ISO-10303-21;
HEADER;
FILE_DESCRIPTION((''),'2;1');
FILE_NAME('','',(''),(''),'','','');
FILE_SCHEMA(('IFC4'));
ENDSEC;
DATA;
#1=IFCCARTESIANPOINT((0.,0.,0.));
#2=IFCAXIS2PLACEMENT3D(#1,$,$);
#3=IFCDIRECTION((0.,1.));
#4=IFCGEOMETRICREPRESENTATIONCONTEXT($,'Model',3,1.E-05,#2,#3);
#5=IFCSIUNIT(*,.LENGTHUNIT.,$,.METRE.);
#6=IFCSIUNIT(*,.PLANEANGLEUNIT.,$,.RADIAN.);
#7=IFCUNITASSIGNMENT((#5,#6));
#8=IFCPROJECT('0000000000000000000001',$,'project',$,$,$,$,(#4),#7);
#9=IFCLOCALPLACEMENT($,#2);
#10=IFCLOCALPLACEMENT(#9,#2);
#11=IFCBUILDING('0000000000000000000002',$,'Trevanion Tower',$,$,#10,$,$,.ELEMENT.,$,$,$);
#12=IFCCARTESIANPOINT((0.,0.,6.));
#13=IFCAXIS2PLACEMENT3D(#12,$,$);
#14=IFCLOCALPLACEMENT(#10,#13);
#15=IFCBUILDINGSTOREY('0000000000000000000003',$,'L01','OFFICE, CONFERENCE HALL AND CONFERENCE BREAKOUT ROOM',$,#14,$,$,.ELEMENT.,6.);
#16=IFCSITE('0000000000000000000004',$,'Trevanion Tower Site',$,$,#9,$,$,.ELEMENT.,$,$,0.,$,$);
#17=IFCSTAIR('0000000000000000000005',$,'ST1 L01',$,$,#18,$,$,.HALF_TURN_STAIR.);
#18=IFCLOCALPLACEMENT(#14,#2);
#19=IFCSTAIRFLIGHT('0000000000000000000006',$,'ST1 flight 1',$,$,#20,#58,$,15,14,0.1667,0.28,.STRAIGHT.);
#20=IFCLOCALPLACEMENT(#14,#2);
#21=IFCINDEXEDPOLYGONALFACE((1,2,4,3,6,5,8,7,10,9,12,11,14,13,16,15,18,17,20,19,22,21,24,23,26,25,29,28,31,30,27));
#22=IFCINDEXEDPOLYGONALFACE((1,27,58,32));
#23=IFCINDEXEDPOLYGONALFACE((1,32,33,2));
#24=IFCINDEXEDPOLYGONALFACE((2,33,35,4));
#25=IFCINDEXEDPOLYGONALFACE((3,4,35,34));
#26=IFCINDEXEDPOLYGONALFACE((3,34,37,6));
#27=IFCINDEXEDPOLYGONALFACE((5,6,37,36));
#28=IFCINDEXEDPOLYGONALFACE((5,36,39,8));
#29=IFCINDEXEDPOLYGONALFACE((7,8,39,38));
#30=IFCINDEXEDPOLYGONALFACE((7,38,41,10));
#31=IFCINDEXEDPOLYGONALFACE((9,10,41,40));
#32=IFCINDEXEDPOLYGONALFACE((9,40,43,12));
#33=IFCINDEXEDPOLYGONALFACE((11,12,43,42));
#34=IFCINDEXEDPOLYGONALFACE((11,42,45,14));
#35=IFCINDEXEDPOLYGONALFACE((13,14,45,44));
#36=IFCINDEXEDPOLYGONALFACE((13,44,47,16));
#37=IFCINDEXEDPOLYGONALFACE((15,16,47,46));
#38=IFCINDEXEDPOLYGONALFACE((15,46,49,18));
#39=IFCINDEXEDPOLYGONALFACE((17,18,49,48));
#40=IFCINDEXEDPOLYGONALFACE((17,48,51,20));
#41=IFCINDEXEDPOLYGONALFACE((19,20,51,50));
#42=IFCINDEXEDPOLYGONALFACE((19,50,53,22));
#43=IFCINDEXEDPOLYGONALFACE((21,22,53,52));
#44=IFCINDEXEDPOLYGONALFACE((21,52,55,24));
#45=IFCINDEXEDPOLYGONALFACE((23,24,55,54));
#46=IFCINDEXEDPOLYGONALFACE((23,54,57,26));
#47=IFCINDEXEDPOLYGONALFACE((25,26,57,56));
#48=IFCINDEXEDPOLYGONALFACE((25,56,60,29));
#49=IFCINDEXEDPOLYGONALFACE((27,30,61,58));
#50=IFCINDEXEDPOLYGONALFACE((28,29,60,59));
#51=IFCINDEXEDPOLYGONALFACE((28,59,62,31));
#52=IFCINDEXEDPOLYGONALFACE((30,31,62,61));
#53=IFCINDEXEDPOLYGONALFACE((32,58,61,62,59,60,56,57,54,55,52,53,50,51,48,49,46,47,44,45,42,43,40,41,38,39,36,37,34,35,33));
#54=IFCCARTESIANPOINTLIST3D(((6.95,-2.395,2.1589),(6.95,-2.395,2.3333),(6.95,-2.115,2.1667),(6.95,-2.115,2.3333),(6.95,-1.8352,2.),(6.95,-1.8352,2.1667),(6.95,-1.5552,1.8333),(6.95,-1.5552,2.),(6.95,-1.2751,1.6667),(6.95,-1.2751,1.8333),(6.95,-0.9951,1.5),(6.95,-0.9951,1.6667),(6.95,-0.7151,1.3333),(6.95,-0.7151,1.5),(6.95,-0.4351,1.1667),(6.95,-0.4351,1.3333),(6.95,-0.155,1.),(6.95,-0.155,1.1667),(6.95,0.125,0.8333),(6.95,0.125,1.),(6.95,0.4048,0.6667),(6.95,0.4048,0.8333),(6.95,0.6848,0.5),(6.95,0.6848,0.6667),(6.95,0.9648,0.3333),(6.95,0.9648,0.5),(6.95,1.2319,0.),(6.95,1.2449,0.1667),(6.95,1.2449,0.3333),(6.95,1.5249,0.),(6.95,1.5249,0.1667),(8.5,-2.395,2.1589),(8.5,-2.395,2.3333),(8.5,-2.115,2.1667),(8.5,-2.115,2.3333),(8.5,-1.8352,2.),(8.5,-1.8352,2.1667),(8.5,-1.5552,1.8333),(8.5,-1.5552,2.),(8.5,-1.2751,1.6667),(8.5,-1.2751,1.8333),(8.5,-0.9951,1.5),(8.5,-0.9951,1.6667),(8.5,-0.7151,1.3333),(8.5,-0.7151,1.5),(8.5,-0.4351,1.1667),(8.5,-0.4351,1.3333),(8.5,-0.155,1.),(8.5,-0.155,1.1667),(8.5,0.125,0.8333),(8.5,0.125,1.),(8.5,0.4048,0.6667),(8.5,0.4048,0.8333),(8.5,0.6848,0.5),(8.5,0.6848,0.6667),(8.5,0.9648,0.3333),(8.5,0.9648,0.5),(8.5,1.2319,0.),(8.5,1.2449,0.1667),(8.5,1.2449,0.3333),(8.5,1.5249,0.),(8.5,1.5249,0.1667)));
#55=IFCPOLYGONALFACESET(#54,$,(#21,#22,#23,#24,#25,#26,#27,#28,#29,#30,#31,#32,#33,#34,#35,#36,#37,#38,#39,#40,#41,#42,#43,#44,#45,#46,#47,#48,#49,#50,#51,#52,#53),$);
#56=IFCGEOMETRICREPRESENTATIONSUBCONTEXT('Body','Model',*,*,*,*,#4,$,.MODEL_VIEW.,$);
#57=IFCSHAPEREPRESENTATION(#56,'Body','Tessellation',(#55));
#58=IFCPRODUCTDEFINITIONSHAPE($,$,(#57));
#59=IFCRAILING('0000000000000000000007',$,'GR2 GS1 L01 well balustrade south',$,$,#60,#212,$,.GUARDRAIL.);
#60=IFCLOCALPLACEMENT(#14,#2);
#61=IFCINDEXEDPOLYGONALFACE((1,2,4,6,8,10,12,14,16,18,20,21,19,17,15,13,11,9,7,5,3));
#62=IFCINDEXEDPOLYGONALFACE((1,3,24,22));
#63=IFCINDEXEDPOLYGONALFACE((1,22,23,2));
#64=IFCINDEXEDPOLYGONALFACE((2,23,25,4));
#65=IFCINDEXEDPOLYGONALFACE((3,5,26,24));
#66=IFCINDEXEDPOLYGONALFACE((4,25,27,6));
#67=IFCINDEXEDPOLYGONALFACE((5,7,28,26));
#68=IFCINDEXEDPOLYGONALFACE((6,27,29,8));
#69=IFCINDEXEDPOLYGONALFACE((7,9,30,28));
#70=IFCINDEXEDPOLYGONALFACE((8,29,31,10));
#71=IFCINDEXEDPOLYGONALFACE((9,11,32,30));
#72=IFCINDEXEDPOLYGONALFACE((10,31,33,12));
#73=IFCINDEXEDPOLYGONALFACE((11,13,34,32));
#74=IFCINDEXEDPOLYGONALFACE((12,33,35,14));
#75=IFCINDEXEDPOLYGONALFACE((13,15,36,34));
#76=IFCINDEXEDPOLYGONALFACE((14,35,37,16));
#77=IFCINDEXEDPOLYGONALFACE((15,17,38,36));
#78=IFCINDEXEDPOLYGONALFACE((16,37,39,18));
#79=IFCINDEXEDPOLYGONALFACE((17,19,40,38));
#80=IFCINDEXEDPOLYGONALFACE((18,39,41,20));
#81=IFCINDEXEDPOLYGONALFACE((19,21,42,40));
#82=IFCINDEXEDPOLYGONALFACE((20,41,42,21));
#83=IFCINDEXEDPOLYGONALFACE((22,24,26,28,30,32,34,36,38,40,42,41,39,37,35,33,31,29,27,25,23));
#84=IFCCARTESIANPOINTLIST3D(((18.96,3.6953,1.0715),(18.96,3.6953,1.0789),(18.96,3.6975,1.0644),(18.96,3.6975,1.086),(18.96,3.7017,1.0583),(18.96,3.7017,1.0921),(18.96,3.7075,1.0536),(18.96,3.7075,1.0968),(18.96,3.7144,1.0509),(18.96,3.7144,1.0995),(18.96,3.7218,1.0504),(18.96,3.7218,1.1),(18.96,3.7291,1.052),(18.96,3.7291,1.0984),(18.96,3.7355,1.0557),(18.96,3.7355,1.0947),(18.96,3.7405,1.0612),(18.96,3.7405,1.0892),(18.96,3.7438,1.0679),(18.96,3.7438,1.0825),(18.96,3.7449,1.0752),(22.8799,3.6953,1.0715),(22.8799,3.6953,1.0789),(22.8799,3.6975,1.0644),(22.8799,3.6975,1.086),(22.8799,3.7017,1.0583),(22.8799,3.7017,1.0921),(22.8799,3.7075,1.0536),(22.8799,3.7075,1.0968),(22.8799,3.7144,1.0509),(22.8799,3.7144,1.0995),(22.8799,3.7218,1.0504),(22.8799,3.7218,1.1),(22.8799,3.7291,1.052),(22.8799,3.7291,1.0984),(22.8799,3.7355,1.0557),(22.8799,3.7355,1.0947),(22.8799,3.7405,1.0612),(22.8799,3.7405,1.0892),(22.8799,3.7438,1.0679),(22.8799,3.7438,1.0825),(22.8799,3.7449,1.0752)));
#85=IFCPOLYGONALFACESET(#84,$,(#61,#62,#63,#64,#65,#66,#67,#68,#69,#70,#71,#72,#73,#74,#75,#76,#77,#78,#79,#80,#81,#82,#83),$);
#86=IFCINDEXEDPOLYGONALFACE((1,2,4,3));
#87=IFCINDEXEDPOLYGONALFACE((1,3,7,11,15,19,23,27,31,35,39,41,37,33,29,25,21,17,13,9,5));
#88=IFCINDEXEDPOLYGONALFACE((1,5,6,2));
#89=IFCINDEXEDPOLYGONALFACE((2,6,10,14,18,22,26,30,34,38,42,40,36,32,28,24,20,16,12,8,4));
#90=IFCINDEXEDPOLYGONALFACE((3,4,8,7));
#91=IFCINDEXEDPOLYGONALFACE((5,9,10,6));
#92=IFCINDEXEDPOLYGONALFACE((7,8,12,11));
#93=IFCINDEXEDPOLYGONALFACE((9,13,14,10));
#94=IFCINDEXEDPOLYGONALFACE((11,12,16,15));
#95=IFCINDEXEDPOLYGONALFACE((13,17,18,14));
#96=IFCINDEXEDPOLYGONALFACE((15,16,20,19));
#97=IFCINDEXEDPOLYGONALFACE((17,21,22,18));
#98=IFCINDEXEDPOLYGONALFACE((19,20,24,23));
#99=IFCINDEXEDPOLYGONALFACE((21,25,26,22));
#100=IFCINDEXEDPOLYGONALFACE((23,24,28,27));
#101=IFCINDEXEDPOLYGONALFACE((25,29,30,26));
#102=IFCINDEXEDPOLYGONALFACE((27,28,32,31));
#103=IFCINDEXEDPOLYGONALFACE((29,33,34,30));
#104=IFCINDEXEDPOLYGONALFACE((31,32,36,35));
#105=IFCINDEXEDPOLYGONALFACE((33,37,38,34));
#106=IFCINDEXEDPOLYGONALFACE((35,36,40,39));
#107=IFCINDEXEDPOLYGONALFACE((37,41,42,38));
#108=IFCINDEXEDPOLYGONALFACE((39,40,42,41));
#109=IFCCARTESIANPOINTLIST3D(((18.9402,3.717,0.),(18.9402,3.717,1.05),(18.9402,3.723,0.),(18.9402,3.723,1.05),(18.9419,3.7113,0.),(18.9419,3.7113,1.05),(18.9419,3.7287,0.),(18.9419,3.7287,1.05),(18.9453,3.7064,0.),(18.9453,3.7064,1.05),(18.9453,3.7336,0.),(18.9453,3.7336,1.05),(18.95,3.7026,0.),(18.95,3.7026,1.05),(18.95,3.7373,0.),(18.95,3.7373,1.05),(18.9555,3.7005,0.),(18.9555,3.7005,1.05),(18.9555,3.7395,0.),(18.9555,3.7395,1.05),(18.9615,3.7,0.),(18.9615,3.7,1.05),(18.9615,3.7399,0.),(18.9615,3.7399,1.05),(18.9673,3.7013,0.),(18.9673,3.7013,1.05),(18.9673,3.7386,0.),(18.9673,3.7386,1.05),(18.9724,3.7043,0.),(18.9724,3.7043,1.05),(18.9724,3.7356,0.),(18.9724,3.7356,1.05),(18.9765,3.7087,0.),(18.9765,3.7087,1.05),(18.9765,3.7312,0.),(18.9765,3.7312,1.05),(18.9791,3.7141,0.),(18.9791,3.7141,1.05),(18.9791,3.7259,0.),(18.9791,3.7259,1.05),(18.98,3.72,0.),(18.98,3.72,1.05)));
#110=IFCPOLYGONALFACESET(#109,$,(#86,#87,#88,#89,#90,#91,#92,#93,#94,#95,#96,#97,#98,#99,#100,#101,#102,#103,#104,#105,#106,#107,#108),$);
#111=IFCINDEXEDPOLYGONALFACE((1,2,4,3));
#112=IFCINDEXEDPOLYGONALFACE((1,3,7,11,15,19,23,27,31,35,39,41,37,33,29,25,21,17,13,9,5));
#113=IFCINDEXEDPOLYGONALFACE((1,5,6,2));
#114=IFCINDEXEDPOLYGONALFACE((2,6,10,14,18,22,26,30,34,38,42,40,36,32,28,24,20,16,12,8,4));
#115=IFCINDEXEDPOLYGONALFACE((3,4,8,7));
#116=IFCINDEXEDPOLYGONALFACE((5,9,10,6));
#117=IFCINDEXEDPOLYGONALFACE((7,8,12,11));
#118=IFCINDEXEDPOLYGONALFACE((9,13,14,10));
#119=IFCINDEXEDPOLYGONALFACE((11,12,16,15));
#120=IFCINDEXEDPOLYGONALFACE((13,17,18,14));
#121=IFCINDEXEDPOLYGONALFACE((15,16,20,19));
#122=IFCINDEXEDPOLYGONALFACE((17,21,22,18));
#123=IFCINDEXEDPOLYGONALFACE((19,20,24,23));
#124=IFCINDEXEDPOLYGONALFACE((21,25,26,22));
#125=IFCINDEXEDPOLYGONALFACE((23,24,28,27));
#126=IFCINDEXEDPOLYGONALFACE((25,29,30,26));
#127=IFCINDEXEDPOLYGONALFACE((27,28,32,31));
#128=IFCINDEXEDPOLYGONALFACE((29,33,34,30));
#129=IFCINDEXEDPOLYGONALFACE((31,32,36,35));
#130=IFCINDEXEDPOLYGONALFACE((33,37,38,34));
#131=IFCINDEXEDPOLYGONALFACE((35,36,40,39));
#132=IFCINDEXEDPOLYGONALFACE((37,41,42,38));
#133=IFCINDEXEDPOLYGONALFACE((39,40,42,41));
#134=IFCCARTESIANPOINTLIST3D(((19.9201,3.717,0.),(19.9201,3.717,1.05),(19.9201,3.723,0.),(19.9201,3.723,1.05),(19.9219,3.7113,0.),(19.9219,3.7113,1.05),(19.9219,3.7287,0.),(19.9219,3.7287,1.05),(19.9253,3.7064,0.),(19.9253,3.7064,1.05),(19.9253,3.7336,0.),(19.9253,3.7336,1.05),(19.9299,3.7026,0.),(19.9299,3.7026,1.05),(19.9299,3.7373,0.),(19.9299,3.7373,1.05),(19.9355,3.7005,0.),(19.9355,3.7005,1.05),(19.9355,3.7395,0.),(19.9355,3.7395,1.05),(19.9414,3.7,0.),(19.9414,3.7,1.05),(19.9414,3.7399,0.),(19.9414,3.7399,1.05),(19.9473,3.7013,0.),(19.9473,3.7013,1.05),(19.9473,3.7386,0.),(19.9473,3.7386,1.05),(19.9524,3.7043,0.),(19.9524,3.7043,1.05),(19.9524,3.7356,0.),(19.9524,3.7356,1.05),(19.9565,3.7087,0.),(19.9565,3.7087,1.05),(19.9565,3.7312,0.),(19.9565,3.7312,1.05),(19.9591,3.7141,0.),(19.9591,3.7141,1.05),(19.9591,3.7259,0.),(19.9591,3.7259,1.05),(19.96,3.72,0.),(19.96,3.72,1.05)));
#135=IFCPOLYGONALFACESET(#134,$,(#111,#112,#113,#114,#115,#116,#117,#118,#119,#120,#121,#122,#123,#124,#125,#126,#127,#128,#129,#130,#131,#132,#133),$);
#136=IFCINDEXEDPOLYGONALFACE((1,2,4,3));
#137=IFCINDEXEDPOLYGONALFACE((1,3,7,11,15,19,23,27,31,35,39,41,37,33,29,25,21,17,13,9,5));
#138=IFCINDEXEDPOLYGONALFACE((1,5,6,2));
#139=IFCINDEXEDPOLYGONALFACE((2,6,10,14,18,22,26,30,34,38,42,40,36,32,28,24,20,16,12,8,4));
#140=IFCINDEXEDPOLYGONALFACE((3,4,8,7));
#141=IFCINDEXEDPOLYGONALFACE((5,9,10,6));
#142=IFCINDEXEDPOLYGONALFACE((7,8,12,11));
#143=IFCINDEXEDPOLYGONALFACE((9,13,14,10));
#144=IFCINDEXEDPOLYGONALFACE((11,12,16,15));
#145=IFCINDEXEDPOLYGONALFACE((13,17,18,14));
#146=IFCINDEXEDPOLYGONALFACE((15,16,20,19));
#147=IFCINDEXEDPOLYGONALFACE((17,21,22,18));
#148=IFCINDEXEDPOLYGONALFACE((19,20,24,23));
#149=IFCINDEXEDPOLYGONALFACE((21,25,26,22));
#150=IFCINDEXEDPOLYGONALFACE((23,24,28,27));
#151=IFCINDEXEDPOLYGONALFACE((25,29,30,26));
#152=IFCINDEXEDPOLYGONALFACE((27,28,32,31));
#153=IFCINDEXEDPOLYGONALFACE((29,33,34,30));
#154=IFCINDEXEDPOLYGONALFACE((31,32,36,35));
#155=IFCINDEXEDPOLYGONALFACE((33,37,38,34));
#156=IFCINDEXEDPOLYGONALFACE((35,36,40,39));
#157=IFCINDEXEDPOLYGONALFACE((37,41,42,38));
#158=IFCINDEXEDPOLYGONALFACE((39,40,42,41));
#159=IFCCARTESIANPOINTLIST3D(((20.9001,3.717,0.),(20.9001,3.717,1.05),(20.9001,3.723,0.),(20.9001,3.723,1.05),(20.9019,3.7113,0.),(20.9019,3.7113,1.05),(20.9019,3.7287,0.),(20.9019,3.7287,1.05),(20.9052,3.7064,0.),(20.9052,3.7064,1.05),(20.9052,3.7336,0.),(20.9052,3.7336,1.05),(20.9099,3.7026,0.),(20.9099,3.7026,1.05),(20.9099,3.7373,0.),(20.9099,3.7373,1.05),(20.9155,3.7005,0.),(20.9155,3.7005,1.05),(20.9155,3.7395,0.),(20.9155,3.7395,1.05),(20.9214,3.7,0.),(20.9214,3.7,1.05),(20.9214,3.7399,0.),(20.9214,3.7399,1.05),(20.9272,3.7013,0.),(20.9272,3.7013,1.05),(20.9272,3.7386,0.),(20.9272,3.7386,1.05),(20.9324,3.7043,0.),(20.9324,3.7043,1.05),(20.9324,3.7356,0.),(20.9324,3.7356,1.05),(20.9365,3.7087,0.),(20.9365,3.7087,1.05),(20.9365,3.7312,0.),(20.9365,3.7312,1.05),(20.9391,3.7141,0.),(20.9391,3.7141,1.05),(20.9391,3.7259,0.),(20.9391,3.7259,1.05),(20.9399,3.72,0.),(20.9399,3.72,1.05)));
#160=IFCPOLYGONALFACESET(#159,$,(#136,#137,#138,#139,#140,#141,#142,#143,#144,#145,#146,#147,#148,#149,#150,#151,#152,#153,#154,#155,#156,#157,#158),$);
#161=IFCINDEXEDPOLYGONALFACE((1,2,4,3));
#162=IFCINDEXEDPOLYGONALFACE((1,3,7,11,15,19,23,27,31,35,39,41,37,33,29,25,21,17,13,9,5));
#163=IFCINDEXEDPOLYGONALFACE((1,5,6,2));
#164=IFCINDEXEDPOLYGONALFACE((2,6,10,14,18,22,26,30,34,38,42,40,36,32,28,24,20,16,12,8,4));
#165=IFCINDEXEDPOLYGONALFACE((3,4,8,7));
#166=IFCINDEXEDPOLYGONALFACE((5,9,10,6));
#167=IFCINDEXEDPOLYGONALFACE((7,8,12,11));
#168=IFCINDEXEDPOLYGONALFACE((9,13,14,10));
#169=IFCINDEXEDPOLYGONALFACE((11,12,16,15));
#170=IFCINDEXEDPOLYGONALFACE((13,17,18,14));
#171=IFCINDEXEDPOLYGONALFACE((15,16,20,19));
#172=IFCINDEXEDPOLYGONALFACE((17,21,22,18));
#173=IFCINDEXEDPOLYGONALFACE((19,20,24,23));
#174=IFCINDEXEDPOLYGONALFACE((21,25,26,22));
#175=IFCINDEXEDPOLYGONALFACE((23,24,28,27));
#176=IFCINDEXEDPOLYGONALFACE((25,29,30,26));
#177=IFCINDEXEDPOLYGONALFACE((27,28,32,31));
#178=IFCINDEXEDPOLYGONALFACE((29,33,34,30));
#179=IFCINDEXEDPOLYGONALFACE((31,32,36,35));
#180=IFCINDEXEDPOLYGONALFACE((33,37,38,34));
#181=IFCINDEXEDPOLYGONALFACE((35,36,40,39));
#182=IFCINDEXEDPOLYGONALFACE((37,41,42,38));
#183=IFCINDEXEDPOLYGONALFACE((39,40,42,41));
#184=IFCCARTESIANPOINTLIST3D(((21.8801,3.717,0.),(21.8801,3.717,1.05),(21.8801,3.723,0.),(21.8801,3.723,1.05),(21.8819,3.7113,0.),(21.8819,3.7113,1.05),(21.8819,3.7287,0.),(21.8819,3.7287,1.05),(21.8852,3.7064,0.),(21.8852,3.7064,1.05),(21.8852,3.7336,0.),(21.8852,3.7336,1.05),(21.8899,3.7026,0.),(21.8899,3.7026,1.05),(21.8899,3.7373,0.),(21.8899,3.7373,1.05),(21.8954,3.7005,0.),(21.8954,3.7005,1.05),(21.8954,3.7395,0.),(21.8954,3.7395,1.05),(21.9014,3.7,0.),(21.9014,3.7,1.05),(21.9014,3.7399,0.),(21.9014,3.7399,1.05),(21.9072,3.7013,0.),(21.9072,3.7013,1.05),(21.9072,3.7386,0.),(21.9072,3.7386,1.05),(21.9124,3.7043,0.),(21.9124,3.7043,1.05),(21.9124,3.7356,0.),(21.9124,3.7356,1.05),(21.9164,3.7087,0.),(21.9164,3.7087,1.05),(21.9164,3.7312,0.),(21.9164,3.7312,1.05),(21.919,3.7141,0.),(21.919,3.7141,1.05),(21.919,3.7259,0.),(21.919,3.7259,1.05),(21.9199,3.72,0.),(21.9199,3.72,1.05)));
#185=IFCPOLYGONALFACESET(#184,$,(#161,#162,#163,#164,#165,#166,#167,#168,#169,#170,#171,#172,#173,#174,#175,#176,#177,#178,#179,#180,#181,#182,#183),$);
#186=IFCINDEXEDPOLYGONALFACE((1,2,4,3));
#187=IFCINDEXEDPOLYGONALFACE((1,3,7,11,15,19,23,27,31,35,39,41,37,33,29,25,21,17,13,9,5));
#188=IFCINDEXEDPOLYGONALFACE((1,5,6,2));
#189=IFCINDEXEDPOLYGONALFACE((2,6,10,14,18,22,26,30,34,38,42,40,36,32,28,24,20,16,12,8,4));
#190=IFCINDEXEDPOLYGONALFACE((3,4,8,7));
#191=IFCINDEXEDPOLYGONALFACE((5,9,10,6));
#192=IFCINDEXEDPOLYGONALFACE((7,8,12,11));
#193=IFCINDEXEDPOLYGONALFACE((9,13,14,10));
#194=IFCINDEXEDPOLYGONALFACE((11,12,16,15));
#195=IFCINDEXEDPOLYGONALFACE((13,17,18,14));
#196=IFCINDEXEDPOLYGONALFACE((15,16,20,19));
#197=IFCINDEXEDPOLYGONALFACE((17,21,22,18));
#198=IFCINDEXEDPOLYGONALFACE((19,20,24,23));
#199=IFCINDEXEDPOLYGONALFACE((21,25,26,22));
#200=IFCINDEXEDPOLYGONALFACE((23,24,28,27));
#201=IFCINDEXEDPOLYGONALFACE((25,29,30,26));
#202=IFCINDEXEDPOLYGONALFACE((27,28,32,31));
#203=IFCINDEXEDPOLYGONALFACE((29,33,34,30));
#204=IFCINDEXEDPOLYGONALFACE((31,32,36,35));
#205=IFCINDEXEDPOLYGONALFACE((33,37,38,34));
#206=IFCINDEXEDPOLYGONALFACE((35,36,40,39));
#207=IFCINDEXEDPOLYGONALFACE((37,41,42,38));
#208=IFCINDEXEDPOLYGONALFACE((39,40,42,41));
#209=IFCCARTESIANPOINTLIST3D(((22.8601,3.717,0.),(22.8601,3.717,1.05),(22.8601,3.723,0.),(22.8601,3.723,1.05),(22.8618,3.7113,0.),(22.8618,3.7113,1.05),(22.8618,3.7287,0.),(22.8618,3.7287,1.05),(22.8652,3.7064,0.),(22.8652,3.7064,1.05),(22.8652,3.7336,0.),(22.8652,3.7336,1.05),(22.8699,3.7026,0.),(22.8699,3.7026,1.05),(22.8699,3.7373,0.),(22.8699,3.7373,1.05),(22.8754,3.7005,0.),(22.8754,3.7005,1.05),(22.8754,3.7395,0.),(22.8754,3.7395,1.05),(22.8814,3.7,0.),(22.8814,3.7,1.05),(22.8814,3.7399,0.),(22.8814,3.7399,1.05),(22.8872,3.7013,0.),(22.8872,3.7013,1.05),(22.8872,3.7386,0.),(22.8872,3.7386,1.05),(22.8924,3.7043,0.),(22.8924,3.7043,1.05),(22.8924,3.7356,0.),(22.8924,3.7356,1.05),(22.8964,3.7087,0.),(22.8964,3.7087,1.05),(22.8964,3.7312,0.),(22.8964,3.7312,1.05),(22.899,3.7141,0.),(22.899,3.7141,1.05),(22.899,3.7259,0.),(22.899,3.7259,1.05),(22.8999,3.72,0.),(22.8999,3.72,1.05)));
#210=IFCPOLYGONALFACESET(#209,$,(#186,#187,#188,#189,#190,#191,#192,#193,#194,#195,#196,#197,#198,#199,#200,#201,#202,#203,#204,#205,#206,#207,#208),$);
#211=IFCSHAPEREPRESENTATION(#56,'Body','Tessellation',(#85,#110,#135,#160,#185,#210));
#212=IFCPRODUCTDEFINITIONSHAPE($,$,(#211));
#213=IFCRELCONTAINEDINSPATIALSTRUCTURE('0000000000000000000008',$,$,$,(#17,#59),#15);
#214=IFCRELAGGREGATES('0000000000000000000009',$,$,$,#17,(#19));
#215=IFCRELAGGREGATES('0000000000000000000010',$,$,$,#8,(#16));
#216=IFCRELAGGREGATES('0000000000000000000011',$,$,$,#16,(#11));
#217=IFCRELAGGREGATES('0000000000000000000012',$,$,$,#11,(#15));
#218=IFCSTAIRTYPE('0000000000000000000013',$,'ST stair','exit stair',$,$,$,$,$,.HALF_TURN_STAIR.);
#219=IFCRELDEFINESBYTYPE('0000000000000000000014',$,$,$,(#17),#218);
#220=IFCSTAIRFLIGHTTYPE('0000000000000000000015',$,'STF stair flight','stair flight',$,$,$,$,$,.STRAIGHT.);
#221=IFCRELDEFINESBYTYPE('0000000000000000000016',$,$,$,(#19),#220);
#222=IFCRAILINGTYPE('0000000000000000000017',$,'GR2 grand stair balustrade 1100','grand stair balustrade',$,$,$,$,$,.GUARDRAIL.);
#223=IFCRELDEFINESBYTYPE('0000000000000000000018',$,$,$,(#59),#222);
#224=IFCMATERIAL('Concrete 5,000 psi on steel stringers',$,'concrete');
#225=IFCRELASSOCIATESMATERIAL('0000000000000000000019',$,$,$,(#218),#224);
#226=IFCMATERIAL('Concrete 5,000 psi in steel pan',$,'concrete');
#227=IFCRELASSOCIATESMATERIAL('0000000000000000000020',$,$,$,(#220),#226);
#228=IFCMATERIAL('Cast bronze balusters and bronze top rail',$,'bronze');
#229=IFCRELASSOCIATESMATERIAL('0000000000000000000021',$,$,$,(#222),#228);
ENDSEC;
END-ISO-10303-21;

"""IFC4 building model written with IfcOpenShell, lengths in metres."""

from ifc_helpers import new_model, si_unit, direction, frame, origin, origin_2d, place, context, subcontext, project, spatial, polyline, circle, outline, extrude, material, type_object, element, aggregate, save


model = new_model("IFC4")

# Units and contexts
model_context = context("Model", 3, precision=1e-05, world=origin(), true_north=direction((0.0, 1.0)))
body_context = subcontext(model_context, "Body", "Model", "MODEL_VIEW")
ifc_project = project(units=[si_unit("LENGTHUNIT", "METRE"), si_unit("PLANEANGLEUNIT", "RADIAN")], contexts=[model_context])

# Site, building, storey
site_placement = place(None, origin())
site = spatial("IfcSite", under=ifc_project, at=site_placement, Name="Trevanion Tower Site", CompositionType="ELEMENT", RefElevation=0.0)
building_placement = place(site_placement, origin())
building = spatial("IfcBuilding", under=site, at=building_placement, Name="Trevanion Tower", CompositionType="ELEMENT")
storey_placement = place(building_placement, frame((0.0, 0.0, 6.0)))
storey = spatial("IfcBuildingStorey", under=building, at=storey_placement, Name="L01", Description="OFFICE, CONFERENCE HALL AND CONFERENCE BREAKOUT ROOM", CompositionType="ELEMENT", Elevation=6.0)

# Stair, stair flight
ifc_material_1 = material(Name="Concrete 5,000 psi on steel stringers", Category="concrete")
stair_type_1 = type_object("IfcStairType", Name="ST stair", Description="exit stair", PredefinedType="HALF_TURN_STAIR", material=ifc_material_1)
stair_1_placement = place(storey_placement, origin())
stair_1 = element("IfcStair", 1, at=stair_1_placement, inside=storey, type_object=stair_type_1, Name="ST1 L01", PredefinedType="HALF_TURN_STAIR")
ifc_material_2 = material(Name="Concrete 5,000 psi in steel pan", Category="concrete")
stair_flight_type_1 = type_object("IfcStairFlightType", Name="STF stair flight", Description="stair flight", PredefinedType="STRAIGHT", material=ifc_material_2)
stair_flight_1_placement = place(storey_placement, frame((7.7251, 1.5249, 0.0), z_axis=(0.0, 0.0, 1.0), x_axis=(0.0, -1.0, 0.0)))
stair_flight_1 = element("IfcStairFlight", 2, at=stair_flight_1_placement, type_object=stair_flight_type_1, Name="ST1 flight 1", NumberOfRisers=15, NumberOfTreads=14, PredefinedType="STRAIGHT", RiserHeight=0.1667, TreadLength=0.28, context=body_context, shape_type="SweptSolid", body=[
    extrude(outline(polyline([(0.0, 0.0), (0.0, 0.1667), (0.28, 0.1667), (0.28, 0.3333), (0.5601, 0.3333), (0.5601, 0.5), (0.8401, 0.5), (0.8401, 0.6667), (1.1201, 0.6667), (1.1201, 0.8333), (1.3999, 0.8333), (1.3999, 1.0), (1.6799, 1.0), (1.6799, 1.1667), (1.96, 1.1667), (1.96, 1.3333), (2.24, 1.3333), (2.24, 1.5), (2.52, 1.5), (2.52, 1.6667), (2.8, 1.6667), (2.8, 1.8333), (3.0801, 1.8333), (3.0801, 2.0), (3.3601, 2.0), (3.3601, 2.1667), (3.6399, 2.1667), (3.6399, 2.3333), (3.9199, 2.3333), (3.9199, 2.5), (3.9199, 2.1589), (0.293, 0.0), (0.0, 0.0)])), frame((0.0, 0.7749, 0.0), z_axis=(0.0, -1.0, 0.0), x_axis=(1.0, 0.0, 0.0)), (0.0, 0.0, 1.0), 1.55),
])
aggregate(stair_1, [stair_flight_1])

# Railing
ifc_material_3 = material(Name="Cast bronze balusters and bronze top rail", Category="bronze")
railing_type_1 = type_object("IfcRailingType", Name="GR2 grand stair balustrade 1100", Description="grand stair balustrade", PredefinedType="GUARDRAIL", material=ifc_material_3)
railing_1_placement = place(storey_placement, frame((18.96, 3.72, 0.0)))
element("IfcRailing", 3, at=railing_1_placement, inside=storey, type_object=railing_type_1, Name="GR2 GS1 L01 well balustrade south", PredefinedType="GUARDRAIL", context=body_context, shape_type="SweptSolid", body=[
    extrude(circle(Radius=0.0249, at=origin_2d()), frame((0.0, 0.0, 1.0752), z_axis=(1.0, 0.0, 0.0), x_axis=(0.0, 1.0, 0.0)), (0.0, 0.0, 1.0), 3.9199),
    extrude(circle(Radius=0.02, at=origin_2d()), origin(), (0.0, 0.0, 1.0), 1.05),
    extrude(circle(Radius=0.02, at=origin_2d()), frame((0.98, 0.0, 0.0)), (0.0, 0.0, 1.0), 1.05),
    extrude(circle(Radius=0.02, at=origin_2d()), frame((1.96, 0.0, 0.0)), (0.0, 0.0, 1.0), 1.05),
    extrude(circle(Radius=0.02, at=origin_2d()), frame((2.9399, 0.0, 0.0)), (0.0, 0.0, 1.0), 1.05),
    extrude(circle(Radius=0.02, at=origin_2d()), frame((3.9199, 0.0, 0.0)), (0.0, 0.0, 1.0), 1.05),
])

save(model, "model.ifc")
